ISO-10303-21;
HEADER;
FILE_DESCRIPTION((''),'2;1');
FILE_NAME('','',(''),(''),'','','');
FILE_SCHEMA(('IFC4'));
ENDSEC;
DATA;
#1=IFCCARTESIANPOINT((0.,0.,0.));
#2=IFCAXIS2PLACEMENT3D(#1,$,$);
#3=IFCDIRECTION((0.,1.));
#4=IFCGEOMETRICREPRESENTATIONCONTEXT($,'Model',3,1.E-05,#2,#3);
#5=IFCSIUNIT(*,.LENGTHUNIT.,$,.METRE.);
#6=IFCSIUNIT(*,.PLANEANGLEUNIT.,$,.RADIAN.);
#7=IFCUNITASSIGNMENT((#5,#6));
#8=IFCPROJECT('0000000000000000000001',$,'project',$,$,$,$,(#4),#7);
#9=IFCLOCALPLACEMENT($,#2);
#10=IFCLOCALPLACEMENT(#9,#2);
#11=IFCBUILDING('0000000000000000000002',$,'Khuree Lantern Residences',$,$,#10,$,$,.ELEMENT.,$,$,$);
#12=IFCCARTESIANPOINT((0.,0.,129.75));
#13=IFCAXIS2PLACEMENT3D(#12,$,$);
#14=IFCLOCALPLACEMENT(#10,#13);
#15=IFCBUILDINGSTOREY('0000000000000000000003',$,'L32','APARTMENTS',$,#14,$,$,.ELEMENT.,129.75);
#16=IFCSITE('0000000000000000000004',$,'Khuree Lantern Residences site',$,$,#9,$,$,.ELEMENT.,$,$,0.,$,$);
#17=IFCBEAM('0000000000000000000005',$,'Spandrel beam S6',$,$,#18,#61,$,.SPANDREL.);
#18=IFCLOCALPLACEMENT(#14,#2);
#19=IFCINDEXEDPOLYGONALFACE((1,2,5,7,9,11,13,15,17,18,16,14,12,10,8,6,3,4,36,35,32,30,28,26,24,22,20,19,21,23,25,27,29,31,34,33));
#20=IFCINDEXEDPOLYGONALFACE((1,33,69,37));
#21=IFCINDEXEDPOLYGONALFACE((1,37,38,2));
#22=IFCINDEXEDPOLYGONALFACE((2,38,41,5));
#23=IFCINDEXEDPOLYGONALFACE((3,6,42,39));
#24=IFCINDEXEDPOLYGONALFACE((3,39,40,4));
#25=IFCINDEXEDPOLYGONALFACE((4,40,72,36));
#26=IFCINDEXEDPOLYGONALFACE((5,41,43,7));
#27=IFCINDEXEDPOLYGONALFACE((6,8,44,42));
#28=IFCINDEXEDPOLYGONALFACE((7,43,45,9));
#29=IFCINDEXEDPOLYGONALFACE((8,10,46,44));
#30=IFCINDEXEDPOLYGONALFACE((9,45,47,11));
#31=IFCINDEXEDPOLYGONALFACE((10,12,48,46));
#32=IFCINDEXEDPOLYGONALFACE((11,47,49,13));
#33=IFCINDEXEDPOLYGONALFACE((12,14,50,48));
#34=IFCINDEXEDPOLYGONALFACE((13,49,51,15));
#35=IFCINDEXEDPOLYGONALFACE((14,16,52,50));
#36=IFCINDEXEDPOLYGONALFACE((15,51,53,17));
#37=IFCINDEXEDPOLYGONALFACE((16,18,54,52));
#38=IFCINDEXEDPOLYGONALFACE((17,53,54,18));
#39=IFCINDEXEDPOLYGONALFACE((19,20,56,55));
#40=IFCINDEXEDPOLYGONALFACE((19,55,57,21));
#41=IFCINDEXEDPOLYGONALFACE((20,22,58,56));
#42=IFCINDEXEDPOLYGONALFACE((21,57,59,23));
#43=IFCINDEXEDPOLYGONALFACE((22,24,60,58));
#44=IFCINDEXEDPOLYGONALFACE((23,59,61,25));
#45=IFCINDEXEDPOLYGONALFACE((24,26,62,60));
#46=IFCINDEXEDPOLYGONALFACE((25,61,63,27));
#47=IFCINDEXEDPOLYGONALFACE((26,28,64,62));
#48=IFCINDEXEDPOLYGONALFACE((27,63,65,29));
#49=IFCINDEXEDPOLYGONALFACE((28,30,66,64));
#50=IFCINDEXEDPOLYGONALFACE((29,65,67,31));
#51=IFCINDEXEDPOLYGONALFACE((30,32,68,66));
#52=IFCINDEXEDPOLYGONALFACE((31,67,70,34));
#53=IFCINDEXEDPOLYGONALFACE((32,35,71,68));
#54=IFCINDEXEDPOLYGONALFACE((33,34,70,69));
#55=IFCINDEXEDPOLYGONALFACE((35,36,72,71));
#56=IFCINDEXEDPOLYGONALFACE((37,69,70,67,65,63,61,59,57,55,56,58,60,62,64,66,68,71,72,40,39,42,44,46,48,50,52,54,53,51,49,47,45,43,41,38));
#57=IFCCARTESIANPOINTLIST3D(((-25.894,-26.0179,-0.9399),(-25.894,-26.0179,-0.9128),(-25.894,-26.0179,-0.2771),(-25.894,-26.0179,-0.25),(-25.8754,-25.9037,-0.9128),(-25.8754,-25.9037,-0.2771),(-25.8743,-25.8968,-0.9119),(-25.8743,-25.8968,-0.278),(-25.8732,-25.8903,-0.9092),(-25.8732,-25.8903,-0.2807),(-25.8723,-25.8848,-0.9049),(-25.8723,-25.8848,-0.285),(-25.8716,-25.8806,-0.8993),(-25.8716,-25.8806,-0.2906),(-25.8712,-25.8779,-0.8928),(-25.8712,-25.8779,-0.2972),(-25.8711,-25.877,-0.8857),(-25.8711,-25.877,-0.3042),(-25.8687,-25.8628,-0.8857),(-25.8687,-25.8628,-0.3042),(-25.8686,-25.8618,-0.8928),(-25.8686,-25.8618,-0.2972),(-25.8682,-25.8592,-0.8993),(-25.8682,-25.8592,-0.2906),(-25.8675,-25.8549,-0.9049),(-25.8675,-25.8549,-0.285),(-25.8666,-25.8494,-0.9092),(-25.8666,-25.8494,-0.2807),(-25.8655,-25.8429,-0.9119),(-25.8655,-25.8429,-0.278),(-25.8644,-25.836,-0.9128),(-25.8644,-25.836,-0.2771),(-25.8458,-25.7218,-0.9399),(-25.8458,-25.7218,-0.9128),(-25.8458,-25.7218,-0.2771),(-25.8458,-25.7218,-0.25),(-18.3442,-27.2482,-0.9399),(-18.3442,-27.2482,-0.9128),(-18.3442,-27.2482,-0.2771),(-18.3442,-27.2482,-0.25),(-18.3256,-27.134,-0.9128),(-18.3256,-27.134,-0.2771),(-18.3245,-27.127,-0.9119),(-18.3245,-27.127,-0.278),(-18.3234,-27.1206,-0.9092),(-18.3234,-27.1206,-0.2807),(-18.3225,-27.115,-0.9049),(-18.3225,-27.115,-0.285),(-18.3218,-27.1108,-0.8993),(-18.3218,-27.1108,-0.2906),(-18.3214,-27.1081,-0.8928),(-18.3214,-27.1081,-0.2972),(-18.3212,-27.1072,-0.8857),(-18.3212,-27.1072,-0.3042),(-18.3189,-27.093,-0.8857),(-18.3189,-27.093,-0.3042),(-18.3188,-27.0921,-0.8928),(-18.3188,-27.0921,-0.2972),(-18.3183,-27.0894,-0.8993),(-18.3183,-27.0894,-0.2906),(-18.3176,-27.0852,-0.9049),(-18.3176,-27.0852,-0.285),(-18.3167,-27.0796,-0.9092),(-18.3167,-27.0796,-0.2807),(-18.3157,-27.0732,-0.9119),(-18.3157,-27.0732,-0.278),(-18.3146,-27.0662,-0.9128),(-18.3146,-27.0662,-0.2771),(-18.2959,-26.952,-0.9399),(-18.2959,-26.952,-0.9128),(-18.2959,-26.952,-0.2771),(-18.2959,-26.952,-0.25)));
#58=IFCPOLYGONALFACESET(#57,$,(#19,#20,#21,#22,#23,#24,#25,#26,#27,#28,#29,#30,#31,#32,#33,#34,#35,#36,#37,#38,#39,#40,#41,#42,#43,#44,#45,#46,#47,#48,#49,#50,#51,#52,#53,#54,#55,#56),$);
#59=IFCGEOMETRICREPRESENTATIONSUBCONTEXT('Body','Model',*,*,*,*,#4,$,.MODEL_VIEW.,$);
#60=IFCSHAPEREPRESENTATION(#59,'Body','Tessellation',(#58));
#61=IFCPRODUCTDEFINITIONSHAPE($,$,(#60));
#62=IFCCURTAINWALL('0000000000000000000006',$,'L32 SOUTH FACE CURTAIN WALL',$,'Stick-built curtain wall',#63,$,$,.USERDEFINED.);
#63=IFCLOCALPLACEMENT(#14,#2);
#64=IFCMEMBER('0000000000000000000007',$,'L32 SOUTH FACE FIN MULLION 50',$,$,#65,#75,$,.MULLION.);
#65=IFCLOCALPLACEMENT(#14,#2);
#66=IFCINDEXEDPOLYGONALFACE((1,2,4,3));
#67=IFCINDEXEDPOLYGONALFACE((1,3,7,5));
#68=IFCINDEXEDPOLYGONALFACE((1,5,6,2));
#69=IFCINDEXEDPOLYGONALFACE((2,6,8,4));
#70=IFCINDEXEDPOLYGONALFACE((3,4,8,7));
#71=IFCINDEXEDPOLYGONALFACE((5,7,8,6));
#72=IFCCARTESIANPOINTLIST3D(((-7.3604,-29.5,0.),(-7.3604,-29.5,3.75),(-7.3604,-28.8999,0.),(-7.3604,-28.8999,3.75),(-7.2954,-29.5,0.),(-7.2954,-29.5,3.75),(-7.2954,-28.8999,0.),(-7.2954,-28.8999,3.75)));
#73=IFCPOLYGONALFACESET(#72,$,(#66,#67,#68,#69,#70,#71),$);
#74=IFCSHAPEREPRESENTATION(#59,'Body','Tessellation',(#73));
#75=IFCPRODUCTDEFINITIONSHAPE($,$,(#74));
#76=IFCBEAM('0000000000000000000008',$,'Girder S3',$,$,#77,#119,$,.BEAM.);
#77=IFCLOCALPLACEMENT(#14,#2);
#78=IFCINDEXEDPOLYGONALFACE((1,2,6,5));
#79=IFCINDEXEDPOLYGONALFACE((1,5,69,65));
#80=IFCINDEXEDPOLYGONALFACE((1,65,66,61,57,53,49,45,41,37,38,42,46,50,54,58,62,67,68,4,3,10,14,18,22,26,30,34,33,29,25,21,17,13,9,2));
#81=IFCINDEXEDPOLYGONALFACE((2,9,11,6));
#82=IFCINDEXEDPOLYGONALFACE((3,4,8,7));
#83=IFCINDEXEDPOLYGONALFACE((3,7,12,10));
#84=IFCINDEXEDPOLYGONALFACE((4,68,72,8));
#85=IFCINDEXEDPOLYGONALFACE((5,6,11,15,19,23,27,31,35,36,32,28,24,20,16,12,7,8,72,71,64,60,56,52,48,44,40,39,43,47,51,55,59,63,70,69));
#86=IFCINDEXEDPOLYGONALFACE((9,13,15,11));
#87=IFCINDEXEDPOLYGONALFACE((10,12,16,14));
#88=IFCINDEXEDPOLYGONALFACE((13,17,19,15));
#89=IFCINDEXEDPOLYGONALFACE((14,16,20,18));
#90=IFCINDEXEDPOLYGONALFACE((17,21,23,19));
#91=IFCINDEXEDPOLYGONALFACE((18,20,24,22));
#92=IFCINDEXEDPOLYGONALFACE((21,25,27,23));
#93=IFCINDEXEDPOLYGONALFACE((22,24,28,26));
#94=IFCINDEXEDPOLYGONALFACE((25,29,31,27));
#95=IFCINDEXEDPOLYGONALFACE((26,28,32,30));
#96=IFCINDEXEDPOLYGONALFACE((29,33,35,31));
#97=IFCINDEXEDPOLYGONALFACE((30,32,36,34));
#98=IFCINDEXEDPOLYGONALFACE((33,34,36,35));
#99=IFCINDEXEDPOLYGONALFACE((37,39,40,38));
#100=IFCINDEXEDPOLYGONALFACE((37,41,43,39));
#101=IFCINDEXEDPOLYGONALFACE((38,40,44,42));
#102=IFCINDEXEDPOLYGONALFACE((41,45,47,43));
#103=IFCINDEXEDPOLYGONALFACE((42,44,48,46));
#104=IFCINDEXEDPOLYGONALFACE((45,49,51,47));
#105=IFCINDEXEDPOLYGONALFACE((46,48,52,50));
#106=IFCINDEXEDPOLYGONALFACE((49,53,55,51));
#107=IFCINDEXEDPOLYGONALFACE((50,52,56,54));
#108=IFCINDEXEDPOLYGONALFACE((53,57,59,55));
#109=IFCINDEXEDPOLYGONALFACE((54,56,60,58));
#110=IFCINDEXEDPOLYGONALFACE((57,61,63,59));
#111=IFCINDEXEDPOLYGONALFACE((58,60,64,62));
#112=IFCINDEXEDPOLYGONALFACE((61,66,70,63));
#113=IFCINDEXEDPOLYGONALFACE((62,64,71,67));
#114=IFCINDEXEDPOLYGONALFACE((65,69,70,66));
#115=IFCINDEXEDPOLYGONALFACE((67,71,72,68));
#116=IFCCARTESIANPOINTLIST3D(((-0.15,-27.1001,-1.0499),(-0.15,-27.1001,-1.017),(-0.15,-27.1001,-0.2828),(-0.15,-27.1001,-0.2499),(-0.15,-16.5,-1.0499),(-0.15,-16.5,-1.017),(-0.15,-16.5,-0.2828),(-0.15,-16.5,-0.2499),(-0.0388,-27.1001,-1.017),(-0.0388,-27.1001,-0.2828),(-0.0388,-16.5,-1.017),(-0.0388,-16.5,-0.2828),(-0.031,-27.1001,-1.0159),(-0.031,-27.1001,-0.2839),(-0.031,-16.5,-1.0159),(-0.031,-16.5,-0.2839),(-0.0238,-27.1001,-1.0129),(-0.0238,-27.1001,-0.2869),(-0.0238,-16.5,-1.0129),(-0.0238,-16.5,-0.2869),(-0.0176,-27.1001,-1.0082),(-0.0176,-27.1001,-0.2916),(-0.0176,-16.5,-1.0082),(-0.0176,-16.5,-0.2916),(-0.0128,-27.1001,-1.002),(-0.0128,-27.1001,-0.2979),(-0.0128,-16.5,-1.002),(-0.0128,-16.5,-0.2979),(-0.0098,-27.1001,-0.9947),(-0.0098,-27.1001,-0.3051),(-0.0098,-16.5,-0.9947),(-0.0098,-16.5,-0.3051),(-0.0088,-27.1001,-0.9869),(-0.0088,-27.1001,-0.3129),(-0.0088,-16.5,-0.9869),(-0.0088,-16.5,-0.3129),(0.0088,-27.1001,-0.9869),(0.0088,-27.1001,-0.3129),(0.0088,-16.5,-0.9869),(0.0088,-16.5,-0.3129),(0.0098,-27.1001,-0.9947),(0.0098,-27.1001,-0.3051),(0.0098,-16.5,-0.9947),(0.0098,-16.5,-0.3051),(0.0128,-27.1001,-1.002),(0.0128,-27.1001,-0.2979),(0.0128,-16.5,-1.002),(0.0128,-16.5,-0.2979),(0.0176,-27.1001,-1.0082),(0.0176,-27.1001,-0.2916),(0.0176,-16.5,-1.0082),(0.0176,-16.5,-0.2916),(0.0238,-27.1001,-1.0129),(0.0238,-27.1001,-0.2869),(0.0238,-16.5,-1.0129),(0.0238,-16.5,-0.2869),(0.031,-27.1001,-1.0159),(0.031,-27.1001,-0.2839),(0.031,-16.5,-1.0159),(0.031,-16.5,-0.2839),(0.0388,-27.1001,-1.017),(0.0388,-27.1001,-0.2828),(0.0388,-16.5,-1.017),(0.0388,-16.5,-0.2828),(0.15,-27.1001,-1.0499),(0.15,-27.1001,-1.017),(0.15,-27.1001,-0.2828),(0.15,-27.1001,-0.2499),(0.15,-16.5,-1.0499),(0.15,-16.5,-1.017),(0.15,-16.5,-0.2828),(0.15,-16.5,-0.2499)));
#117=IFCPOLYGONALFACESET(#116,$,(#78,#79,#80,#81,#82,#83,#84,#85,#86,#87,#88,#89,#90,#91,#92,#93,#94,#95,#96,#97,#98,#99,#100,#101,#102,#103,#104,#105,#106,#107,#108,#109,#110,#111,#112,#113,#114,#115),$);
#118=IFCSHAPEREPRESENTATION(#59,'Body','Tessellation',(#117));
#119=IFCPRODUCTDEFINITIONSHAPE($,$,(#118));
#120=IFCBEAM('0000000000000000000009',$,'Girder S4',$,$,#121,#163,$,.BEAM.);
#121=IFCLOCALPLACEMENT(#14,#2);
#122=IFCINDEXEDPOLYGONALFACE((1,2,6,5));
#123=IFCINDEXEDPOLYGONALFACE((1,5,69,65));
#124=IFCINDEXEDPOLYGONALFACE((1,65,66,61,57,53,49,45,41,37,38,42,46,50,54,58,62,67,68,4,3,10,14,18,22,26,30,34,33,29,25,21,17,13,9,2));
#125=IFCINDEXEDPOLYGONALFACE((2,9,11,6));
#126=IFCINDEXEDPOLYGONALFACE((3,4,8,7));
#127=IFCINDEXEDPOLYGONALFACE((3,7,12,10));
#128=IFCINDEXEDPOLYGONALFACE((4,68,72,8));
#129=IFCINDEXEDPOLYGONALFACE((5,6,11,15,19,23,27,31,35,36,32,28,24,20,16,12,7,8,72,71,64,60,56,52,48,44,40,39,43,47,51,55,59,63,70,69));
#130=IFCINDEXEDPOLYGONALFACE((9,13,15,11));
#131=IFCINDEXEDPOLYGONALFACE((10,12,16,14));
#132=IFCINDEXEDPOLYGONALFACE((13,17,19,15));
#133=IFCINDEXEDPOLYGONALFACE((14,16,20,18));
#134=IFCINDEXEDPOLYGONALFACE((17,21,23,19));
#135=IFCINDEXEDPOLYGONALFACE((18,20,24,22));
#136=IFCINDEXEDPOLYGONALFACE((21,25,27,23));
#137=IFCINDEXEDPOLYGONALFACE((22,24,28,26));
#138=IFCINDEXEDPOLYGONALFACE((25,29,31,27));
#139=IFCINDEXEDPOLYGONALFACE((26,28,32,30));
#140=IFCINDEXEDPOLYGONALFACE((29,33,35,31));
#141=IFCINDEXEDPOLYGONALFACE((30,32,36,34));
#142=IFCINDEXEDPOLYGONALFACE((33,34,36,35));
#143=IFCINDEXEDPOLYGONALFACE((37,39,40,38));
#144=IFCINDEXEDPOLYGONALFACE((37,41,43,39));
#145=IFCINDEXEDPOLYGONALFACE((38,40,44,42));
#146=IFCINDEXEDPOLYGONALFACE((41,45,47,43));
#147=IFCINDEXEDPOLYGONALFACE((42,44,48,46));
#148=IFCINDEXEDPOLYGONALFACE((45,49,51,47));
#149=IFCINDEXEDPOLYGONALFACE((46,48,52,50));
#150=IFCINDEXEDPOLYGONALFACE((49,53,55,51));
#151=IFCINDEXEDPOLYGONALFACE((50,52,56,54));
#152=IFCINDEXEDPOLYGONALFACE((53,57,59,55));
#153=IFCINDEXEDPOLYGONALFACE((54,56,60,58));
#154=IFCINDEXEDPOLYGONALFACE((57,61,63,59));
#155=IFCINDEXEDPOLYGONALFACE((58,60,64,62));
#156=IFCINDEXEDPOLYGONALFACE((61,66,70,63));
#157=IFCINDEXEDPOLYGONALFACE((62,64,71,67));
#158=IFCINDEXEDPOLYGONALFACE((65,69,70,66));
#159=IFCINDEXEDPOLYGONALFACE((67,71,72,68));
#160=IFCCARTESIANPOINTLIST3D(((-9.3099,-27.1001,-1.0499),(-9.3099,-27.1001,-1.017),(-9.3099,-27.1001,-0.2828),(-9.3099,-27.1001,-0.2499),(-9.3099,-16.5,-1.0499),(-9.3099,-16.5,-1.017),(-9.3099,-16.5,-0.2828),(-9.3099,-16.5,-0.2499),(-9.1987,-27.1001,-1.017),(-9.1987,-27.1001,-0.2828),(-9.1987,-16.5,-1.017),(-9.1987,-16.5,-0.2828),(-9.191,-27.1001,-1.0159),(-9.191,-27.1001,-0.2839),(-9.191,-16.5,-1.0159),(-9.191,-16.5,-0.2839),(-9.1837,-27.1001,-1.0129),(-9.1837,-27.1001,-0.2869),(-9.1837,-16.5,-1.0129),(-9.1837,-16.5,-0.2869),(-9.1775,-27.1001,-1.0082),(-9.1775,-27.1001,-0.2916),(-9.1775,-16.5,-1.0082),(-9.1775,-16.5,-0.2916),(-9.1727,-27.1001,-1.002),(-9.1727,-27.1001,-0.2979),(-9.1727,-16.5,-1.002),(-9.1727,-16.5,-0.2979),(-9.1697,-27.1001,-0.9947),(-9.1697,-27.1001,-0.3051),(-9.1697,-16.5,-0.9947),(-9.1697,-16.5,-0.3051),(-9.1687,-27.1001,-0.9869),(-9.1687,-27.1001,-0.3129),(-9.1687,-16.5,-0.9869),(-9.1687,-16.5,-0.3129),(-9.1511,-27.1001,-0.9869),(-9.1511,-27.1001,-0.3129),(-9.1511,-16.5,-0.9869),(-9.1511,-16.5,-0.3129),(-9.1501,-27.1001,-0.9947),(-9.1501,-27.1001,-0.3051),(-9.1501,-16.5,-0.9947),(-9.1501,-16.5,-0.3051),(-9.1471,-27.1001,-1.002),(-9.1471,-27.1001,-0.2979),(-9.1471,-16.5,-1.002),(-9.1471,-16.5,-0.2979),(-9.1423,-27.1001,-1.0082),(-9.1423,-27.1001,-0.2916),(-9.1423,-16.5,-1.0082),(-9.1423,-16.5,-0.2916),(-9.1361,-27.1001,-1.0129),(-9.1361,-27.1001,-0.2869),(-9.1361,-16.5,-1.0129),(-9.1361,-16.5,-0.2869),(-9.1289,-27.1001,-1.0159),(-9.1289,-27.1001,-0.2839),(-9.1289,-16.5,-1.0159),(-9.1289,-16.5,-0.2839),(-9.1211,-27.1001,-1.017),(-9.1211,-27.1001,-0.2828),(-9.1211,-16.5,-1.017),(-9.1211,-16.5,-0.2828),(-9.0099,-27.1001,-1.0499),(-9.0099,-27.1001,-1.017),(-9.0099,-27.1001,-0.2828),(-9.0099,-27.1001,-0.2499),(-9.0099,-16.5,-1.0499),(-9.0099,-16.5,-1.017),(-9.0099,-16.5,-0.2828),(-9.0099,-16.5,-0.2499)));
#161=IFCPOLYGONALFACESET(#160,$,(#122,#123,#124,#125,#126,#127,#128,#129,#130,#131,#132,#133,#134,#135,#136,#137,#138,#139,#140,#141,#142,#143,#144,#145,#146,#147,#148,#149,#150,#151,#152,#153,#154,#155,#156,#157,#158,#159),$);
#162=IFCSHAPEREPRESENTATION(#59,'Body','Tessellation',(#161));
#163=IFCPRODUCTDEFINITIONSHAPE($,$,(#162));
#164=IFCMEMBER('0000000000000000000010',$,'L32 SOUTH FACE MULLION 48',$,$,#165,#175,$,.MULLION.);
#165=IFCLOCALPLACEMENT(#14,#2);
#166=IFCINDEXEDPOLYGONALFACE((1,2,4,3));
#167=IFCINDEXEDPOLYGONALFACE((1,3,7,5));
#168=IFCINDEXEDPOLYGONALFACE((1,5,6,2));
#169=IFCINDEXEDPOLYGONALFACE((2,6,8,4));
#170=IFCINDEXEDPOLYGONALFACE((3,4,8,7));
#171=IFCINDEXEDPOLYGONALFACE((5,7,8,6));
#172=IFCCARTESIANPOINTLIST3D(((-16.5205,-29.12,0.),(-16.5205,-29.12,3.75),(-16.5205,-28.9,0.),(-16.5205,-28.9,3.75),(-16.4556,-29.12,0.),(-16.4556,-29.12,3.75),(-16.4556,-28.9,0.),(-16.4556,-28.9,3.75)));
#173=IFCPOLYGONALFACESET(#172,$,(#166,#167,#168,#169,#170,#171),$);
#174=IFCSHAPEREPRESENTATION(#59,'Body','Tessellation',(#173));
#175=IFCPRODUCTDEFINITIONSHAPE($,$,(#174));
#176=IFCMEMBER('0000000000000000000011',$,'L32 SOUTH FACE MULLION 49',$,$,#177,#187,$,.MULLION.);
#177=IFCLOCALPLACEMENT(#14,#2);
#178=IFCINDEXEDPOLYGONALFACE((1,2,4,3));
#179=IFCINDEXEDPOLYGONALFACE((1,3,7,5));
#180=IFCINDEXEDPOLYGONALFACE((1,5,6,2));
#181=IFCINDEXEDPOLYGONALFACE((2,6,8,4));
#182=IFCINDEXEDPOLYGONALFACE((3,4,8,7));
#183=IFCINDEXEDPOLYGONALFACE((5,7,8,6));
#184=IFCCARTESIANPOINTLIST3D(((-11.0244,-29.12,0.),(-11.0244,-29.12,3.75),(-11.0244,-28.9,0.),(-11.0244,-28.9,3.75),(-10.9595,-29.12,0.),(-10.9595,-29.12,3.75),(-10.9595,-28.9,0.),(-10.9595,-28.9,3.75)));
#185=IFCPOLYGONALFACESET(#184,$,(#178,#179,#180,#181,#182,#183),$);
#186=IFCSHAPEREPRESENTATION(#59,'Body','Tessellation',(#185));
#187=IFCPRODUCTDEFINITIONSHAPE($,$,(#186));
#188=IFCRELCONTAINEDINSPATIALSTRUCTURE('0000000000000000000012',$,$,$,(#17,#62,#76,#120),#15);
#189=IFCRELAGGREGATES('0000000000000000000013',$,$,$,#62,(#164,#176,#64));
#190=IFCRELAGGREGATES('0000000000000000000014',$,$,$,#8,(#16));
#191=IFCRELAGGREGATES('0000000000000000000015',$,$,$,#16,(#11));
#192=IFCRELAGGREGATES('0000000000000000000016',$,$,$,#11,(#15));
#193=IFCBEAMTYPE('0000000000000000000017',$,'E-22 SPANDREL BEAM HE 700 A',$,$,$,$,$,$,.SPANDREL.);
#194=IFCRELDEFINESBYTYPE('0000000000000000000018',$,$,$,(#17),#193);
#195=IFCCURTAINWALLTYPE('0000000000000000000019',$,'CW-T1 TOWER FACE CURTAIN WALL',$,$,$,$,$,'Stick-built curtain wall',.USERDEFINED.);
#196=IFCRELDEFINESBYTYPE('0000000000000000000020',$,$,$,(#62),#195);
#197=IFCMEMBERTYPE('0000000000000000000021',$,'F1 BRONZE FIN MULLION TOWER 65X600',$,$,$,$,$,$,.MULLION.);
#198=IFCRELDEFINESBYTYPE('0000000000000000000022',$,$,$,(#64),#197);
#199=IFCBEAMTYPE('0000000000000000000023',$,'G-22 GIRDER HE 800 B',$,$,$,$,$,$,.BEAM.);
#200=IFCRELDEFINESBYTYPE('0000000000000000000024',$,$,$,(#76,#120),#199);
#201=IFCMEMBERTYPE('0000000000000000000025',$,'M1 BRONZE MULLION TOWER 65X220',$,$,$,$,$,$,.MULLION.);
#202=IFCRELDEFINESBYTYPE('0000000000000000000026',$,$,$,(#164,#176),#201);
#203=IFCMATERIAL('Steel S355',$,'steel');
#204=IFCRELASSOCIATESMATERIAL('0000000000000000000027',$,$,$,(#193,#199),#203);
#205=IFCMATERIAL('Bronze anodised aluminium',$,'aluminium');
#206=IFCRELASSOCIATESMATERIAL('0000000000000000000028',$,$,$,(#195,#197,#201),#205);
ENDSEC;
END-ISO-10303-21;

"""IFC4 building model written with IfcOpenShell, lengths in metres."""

from ifc_helpers import new_model, si_unit, direction, frame, origin, origin_2d, place, context, subcontext, project, spatial, rectangle, i_section, extrude, material, material_profile, profile_set, type_object, element, aggregate, save


model = new_model("IFC4")

# Units and contexts
model_context = context("Model", 3, precision=1e-05, world=origin(), true_north=direction((0.0, 1.0)))
body_context = subcontext(model_context, "Body", "Model", "MODEL_VIEW")
ifc_project = project(units=[si_unit("LENGTHUNIT", "METRE"), si_unit("PLANEANGLEUNIT", "RADIAN")], contexts=[model_context])

# Site, building, storey
site_placement = place(None, origin())
site = spatial("IfcSite", under=ifc_project, at=site_placement, Name="Khuree Lantern Residences site", CompositionType="ELEMENT", RefElevation=0.0)
building_placement = place(site_placement, origin())
building = spatial("IfcBuilding", under=site, at=building_placement, Name="Khuree Lantern Residences", CompositionType="ELEMENT")
storey_placement = place(building_placement, frame((0.0, 0.0, 129.75)))
storey = spatial("IfcBuildingStorey", under=building, at=storey_placement, Name="L32", Description="APARTMENTS", CompositionType="ELEMENT", Elevation=129.75)

# Beam
ifc_material_1 = material(Name="Steel S355", Category="steel")
ifc_material_profile_1 = material_profile(ifc_material_1, i_section(OverallWidth=0.3, OverallDepth=0.6899, WebThickness=0.0144, FlangeThickness=0.0271, FilletRadius=0.0271, at=origin_2d()), Name="HE 700 A")
ifc_profile_set_1 = profile_set([ifc_material_profile_1], Name="Steel S355")
beam_type_1 = type_object("IfcBeamType", Name="E-22 SPANDREL BEAM HE 700 A", PredefinedType="SPANDREL", material=ifc_profile_set_1)
beam_1_placement = place(storey_placement, frame((-18.3201, -27.1001, -0.595), z_axis=(-0.986983, 0.160827, 0.0), x_axis=(-0.160827, -0.986983, 0.0)))
element("IfcBeam", 1, at=beam_1_placement, inside=storey, type_object=beam_type_1, Name="Spandrel beam S6", PredefinedType="SPANDREL", context=body_context, shape_type="SweptSolid", body=[
    extrude(i_section(OverallWidth=0.3, OverallDepth=0.6899, WebThickness=0.0144, FlangeThickness=0.0271, FilletRadius=0.0271, at=origin_2d()), origin(), (0.0, 0.0, 1.0), 7.6494),
])

# Curtain wall, member
ifc_material_2 = material(Name="Bronze anodised aluminium", Category="aluminium")
curtain_wall_type = type_object("IfcCurtainWallType", Name="CW-T1 TOWER FACE CURTAIN WALL", ElementType="Stick-built curtain wall", PredefinedType="USERDEFINED", material=ifc_material_2)
curtain_wall_placement = place(storey_placement, origin())
curtain_wall = element("IfcCurtainWall", 2, at=curtain_wall_placement, inside=storey, type_object=curtain_wall_type, Name="L32 SOUTH FACE CURTAIN WALL", ObjectType="Stick-built curtain wall", PredefinedType="USERDEFINED")
ifc_material_profile_2 = material_profile(ifc_material_2, rectangle(XDim=0.0649, YDim=0.6001, at=origin_2d()), Name="F1 65X600")
ifc_profile_set_2 = profile_set([ifc_material_profile_2], Name="Bronze anodised aluminium")
member_type_1 = type_object("IfcMemberType", Name="F1 BRONZE FIN MULLION TOWER 65X600", PredefinedType="MULLION", material=ifc_profile_set_2)
member_1_placement = place(storey_placement, frame((-7.3279, -29.2, 0.0), z_axis=(0.0, 0.0, 1.0), x_axis=(1.0, 0.0, 0.0)))
member_1 = element("IfcMember", 3, at=member_1_placement, type_object=member_type_1, Name="L32 SOUTH FACE FIN MULLION 50", PredefinedType="MULLION", context=body_context, shape_type="SweptSolid", body=[
    extrude(rectangle(XDim=0.0649, YDim=0.6001, at=origin_2d()), origin(), (0.0, 0.0, 1.0), 3.75),
])

# Beams
ifc_material_profile_3 = material_profile(ifc_material_1, i_section(OverallWidth=0.3, OverallDepth=0.8, WebThickness=0.0176, FlangeThickness=0.033, FilletRadius=0.03, at=origin_2d()), Name="HE 800 B")
ifc_profile_set_3 = profile_set([ifc_material_profile_3], Name="Steel S355")
beam_type_2 = type_object("IfcBeamType", Name="G-22 GIRDER HE 800 B", PredefinedType="BEAM", material=ifc_profile_set_3)
for number, where, z_axis, x_axis, name in (
    (4, (0.0, -27.1001, -0.6499), (0.0, 1.0, 0.0), (-1.0, 0.0, 0.0), "Girder S3"),
    (5, (-9.1599, -27.1001, -0.6499), (0.0, 1.0, 0.0), (-1.0, 0.0, 0.0), "Girder S4"),
):
    element("IfcBeam", number, at=place(storey_placement, frame(where, z_axis=z_axis, x_axis=x_axis)), inside=storey, type_object=beam_type_2, Name=name, PredefinedType="BEAM", context=body_context, shape_type="SweptSolid", body=[
        extrude(i_section(OverallWidth=0.3, OverallDepth=0.8, WebThickness=0.0176, FlangeThickness=0.033, FilletRadius=0.03, at=origin_2d()), origin(), (0.0, 0.0, 1.0), 10.6001),
    ])

# Members
ifc_material_profile_4 = material_profile(ifc_material_2, rectangle(XDim=0.0649, YDim=0.22, at=origin_2d()), Name="M1 65X220")
ifc_profile_set_4 = profile_set([ifc_material_profile_4], Name="Bronze anodised aluminium")
member_type_2 = type_object("IfcMemberType", Name="M1 BRONZE MULLION TOWER 65X220", PredefinedType="MULLION", material=ifc_profile_set_4)
member_2_placement = place(storey_placement, frame((-16.488, -29.01, 0.0), z_axis=(0.0, 0.0, 1.0), x_axis=(1.0, 0.0, 0.0)))
member_2 = element("IfcMember", 6, at=member_2_placement, type_object=member_type_2, Name="L32 SOUTH FACE MULLION 48", PredefinedType="MULLION", context=body_context, shape_type="SweptSolid", body=[
    extrude(rectangle(XDim=0.0649, YDim=0.22, at=origin_2d()), origin(), (0.0, 0.0, 1.0), 3.75),
])
member_3_placement = place(storey_placement, frame((-10.9919, -29.01, 0.0), z_axis=(0.0, 0.0, 1.0), x_axis=(1.0, 0.0, 0.0)))
member_3 = element("IfcMember", 7, at=member_3_placement, type_object=member_type_2, Name="L32 SOUTH FACE MULLION 49", PredefinedType="MULLION", context=body_context, shape_type="SweptSolid", body=[
    extrude(rectangle(XDim=0.0649, YDim=0.22, at=origin_2d()), origin(), (0.0, 0.0, 1.0), 3.75),
])

aggregate(curtain_wall, [member_2, member_3, member_1])

save(model, "model.ifc")
